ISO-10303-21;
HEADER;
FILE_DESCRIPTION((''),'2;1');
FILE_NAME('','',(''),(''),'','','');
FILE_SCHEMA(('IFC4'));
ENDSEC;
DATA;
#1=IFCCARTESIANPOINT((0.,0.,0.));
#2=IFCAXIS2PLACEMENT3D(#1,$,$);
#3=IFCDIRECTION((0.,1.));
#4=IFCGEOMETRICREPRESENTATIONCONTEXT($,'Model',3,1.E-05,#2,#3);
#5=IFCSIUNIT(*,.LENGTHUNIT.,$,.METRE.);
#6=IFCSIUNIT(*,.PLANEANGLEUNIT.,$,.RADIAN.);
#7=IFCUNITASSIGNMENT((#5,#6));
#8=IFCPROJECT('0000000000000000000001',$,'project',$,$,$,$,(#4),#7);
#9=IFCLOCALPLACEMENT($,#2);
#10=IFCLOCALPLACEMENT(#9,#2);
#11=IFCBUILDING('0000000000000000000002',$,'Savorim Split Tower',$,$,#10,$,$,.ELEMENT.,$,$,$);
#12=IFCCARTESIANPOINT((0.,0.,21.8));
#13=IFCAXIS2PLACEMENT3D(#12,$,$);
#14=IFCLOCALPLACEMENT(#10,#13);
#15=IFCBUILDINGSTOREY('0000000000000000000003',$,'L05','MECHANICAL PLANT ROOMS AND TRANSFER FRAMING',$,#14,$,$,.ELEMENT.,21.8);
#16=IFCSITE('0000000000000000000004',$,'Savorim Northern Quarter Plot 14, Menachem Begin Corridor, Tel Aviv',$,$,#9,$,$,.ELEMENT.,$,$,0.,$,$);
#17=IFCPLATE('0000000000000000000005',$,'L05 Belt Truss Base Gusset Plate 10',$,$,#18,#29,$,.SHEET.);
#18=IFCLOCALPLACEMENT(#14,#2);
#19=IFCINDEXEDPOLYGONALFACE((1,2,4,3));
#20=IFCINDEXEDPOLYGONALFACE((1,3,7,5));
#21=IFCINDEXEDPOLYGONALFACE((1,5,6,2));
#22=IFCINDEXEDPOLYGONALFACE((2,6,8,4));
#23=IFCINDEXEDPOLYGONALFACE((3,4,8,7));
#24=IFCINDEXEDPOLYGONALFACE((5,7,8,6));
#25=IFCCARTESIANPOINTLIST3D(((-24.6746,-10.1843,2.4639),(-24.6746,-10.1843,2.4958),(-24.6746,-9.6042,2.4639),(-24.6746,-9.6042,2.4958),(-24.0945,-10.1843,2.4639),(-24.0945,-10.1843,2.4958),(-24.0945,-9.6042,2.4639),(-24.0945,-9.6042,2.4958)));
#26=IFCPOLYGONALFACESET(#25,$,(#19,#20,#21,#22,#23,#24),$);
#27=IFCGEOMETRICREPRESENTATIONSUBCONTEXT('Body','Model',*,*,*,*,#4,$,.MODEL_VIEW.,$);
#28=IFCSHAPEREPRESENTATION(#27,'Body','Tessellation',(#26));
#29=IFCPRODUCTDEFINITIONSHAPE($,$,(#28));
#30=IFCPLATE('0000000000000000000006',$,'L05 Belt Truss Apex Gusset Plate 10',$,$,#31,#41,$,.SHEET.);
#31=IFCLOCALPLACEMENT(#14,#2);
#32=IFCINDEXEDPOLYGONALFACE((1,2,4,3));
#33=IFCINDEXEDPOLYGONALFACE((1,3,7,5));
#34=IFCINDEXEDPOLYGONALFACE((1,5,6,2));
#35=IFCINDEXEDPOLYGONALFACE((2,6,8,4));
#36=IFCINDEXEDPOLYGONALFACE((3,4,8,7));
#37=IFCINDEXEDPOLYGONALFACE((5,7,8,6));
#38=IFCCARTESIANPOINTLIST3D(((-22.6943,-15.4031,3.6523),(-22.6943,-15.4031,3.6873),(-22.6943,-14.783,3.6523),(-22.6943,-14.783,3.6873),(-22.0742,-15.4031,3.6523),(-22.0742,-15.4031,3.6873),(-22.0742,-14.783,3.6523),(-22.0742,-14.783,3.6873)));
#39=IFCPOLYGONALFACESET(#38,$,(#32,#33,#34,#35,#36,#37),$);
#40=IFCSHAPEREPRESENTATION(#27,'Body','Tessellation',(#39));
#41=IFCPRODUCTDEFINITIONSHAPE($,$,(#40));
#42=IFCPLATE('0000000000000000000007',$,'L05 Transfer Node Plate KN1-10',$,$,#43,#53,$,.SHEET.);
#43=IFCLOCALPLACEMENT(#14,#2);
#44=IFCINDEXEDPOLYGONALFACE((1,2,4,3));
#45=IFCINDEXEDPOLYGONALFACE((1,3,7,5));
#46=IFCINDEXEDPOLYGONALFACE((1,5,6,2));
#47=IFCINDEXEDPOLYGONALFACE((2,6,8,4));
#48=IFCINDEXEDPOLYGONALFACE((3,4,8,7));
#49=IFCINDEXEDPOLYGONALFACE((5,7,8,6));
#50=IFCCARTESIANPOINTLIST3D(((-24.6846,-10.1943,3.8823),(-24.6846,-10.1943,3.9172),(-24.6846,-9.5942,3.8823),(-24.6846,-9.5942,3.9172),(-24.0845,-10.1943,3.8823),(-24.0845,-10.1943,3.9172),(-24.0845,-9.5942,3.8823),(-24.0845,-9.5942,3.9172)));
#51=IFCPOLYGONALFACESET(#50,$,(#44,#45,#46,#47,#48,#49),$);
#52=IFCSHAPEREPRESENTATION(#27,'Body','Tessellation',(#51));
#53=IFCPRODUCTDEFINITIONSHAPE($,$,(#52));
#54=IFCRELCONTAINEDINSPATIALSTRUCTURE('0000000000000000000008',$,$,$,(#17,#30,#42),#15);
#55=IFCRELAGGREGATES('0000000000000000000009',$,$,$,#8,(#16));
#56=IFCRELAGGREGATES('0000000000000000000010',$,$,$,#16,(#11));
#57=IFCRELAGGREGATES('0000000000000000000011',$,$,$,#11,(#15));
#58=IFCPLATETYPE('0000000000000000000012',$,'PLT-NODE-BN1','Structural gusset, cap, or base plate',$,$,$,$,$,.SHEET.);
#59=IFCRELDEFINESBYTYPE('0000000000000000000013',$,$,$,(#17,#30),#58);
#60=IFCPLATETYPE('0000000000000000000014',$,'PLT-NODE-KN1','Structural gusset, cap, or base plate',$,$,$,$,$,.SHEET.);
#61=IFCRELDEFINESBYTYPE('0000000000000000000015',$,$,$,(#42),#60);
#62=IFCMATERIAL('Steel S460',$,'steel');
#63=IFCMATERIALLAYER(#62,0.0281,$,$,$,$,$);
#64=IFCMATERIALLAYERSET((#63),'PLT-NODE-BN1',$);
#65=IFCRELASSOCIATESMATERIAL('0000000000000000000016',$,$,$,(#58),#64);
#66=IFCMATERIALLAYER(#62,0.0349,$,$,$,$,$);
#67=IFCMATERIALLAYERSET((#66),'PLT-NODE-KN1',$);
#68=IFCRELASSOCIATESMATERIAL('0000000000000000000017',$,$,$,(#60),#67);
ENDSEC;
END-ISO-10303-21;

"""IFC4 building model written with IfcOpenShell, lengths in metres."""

from ifc_helpers import new_model, si_unit, direction, frame, origin, origin_2d, place, context, subcontext, project, spatial, rectangle, extrude, material, layer, layer_set, type_object, element, save


model = new_model("IFC4")

# Units and contexts
model_context = context("Model", 3, precision=1e-05, world=origin(), true_north=direction((0.0, 1.0)))
body_context = subcontext(model_context, "Body", "Model", "MODEL_VIEW")
ifc_project = project(units=[si_unit("LENGTHUNIT", "METRE"), si_unit("PLANEANGLEUNIT", "RADIAN")], contexts=[model_context])

# Site, building, storey
site_placement = place(None, origin())
site = spatial("IfcSite", under=ifc_project, at=site_placement, Name="Savorim Northern Quarter Plot 14, Menachem Begin Corridor, Tel Aviv", CompositionType="ELEMENT", RefElevation=0.0)
building_placement = place(site_placement, origin())
building = spatial("IfcBuilding", under=site, at=building_placement, Name="Savorim Split Tower", CompositionType="ELEMENT")
storey_placement = place(building_placement, frame((0.0, 0.0, 21.8)))
storey = spatial("IfcBuildingStorey", under=building, at=storey_placement, Name="L05", Description="MECHANICAL PLANT ROOMS AND TRANSFER FRAMING", CompositionType="ELEMENT", Elevation=21.8)

# Shared definitions
ifc_material_1 = material(Name="Steel S460", Category="steel")

# Plates
ifc_layer_1 = layer(ifc_material_1, 0.0281)
ifc_layer_set_1 = layer_set([ifc_layer_1], Name="PLT-NODE-BN1")
plate_type_1 = type_object("IfcPlateType", Name="PLT-NODE-BN1", Description="Structural gusset, cap, or base plate", PredefinedType="SHEET", material=ifc_layer_set_1)
plate_1_placement = place(storey_placement, frame((-24.3845, -9.8943, 2.4639), z_axis=(0.0, 0.0, 1.0), x_axis=(1.0, 0.0, 0.0)))
element("IfcPlate", 1, at=plate_1_placement, inside=storey, type_object=plate_type_1, Name="L05 Belt Truss Base Gusset Plate 10", PredefinedType="SHEET", context=body_context, shape_type="SweptSolid", body=[
    extrude(rectangle(XDim=0.5801, YDim=0.5801, at=origin_2d()), origin(), (0.0, 0.0, 1.0), 0.032),
])
plate_2_placement = place(storey_placement, frame((-22.3843, -15.093, 3.6523), z_axis=(0.0, 0.0, 1.0), x_axis=(1.0, 0.0, 0.0)))
element("IfcPlate", 2, at=plate_2_placement, inside=storey, type_object=plate_type_1, Name="L05 Belt Truss Apex Gusset Plate 10", PredefinedType="SHEET", context=body_context, shape_type="SweptSolid", body=[
    extrude(rectangle(XDim=0.6201, YDim=0.6201, at=origin_2d()), origin(), (0.0, 0.0, 1.0), 0.0349),
])
ifc_layer_2 = layer(ifc_material_1, 0.0349)
ifc_layer_set_2 = layer_set([ifc_layer_2], Name="PLT-NODE-KN1")
plate_type_2 = type_object("IfcPlateType", Name="PLT-NODE-KN1", Description="Structural gusset, cap, or base plate", PredefinedType="SHEET", material=ifc_layer_set_2)
plate_3_placement = place(storey_placement, frame((-24.3845, -9.8943, 3.8823), z_axis=(0.0, 0.0, 1.0), x_axis=(1.0, 0.0, 0.0)))
element("IfcPlate", 3, at=plate_3_placement, inside=storey, type_object=plate_type_2, Name="L05 Transfer Node Plate KN1-10", PredefinedType="SHEET", context=body_context, shape_type="SweptSolid", body=[
    extrude(rectangle(XDim=0.6001, YDim=0.6001, at=origin_2d()), origin(), (0.0, 0.0, 1.0), 0.0349),
])

save(model, "model.ifc")
